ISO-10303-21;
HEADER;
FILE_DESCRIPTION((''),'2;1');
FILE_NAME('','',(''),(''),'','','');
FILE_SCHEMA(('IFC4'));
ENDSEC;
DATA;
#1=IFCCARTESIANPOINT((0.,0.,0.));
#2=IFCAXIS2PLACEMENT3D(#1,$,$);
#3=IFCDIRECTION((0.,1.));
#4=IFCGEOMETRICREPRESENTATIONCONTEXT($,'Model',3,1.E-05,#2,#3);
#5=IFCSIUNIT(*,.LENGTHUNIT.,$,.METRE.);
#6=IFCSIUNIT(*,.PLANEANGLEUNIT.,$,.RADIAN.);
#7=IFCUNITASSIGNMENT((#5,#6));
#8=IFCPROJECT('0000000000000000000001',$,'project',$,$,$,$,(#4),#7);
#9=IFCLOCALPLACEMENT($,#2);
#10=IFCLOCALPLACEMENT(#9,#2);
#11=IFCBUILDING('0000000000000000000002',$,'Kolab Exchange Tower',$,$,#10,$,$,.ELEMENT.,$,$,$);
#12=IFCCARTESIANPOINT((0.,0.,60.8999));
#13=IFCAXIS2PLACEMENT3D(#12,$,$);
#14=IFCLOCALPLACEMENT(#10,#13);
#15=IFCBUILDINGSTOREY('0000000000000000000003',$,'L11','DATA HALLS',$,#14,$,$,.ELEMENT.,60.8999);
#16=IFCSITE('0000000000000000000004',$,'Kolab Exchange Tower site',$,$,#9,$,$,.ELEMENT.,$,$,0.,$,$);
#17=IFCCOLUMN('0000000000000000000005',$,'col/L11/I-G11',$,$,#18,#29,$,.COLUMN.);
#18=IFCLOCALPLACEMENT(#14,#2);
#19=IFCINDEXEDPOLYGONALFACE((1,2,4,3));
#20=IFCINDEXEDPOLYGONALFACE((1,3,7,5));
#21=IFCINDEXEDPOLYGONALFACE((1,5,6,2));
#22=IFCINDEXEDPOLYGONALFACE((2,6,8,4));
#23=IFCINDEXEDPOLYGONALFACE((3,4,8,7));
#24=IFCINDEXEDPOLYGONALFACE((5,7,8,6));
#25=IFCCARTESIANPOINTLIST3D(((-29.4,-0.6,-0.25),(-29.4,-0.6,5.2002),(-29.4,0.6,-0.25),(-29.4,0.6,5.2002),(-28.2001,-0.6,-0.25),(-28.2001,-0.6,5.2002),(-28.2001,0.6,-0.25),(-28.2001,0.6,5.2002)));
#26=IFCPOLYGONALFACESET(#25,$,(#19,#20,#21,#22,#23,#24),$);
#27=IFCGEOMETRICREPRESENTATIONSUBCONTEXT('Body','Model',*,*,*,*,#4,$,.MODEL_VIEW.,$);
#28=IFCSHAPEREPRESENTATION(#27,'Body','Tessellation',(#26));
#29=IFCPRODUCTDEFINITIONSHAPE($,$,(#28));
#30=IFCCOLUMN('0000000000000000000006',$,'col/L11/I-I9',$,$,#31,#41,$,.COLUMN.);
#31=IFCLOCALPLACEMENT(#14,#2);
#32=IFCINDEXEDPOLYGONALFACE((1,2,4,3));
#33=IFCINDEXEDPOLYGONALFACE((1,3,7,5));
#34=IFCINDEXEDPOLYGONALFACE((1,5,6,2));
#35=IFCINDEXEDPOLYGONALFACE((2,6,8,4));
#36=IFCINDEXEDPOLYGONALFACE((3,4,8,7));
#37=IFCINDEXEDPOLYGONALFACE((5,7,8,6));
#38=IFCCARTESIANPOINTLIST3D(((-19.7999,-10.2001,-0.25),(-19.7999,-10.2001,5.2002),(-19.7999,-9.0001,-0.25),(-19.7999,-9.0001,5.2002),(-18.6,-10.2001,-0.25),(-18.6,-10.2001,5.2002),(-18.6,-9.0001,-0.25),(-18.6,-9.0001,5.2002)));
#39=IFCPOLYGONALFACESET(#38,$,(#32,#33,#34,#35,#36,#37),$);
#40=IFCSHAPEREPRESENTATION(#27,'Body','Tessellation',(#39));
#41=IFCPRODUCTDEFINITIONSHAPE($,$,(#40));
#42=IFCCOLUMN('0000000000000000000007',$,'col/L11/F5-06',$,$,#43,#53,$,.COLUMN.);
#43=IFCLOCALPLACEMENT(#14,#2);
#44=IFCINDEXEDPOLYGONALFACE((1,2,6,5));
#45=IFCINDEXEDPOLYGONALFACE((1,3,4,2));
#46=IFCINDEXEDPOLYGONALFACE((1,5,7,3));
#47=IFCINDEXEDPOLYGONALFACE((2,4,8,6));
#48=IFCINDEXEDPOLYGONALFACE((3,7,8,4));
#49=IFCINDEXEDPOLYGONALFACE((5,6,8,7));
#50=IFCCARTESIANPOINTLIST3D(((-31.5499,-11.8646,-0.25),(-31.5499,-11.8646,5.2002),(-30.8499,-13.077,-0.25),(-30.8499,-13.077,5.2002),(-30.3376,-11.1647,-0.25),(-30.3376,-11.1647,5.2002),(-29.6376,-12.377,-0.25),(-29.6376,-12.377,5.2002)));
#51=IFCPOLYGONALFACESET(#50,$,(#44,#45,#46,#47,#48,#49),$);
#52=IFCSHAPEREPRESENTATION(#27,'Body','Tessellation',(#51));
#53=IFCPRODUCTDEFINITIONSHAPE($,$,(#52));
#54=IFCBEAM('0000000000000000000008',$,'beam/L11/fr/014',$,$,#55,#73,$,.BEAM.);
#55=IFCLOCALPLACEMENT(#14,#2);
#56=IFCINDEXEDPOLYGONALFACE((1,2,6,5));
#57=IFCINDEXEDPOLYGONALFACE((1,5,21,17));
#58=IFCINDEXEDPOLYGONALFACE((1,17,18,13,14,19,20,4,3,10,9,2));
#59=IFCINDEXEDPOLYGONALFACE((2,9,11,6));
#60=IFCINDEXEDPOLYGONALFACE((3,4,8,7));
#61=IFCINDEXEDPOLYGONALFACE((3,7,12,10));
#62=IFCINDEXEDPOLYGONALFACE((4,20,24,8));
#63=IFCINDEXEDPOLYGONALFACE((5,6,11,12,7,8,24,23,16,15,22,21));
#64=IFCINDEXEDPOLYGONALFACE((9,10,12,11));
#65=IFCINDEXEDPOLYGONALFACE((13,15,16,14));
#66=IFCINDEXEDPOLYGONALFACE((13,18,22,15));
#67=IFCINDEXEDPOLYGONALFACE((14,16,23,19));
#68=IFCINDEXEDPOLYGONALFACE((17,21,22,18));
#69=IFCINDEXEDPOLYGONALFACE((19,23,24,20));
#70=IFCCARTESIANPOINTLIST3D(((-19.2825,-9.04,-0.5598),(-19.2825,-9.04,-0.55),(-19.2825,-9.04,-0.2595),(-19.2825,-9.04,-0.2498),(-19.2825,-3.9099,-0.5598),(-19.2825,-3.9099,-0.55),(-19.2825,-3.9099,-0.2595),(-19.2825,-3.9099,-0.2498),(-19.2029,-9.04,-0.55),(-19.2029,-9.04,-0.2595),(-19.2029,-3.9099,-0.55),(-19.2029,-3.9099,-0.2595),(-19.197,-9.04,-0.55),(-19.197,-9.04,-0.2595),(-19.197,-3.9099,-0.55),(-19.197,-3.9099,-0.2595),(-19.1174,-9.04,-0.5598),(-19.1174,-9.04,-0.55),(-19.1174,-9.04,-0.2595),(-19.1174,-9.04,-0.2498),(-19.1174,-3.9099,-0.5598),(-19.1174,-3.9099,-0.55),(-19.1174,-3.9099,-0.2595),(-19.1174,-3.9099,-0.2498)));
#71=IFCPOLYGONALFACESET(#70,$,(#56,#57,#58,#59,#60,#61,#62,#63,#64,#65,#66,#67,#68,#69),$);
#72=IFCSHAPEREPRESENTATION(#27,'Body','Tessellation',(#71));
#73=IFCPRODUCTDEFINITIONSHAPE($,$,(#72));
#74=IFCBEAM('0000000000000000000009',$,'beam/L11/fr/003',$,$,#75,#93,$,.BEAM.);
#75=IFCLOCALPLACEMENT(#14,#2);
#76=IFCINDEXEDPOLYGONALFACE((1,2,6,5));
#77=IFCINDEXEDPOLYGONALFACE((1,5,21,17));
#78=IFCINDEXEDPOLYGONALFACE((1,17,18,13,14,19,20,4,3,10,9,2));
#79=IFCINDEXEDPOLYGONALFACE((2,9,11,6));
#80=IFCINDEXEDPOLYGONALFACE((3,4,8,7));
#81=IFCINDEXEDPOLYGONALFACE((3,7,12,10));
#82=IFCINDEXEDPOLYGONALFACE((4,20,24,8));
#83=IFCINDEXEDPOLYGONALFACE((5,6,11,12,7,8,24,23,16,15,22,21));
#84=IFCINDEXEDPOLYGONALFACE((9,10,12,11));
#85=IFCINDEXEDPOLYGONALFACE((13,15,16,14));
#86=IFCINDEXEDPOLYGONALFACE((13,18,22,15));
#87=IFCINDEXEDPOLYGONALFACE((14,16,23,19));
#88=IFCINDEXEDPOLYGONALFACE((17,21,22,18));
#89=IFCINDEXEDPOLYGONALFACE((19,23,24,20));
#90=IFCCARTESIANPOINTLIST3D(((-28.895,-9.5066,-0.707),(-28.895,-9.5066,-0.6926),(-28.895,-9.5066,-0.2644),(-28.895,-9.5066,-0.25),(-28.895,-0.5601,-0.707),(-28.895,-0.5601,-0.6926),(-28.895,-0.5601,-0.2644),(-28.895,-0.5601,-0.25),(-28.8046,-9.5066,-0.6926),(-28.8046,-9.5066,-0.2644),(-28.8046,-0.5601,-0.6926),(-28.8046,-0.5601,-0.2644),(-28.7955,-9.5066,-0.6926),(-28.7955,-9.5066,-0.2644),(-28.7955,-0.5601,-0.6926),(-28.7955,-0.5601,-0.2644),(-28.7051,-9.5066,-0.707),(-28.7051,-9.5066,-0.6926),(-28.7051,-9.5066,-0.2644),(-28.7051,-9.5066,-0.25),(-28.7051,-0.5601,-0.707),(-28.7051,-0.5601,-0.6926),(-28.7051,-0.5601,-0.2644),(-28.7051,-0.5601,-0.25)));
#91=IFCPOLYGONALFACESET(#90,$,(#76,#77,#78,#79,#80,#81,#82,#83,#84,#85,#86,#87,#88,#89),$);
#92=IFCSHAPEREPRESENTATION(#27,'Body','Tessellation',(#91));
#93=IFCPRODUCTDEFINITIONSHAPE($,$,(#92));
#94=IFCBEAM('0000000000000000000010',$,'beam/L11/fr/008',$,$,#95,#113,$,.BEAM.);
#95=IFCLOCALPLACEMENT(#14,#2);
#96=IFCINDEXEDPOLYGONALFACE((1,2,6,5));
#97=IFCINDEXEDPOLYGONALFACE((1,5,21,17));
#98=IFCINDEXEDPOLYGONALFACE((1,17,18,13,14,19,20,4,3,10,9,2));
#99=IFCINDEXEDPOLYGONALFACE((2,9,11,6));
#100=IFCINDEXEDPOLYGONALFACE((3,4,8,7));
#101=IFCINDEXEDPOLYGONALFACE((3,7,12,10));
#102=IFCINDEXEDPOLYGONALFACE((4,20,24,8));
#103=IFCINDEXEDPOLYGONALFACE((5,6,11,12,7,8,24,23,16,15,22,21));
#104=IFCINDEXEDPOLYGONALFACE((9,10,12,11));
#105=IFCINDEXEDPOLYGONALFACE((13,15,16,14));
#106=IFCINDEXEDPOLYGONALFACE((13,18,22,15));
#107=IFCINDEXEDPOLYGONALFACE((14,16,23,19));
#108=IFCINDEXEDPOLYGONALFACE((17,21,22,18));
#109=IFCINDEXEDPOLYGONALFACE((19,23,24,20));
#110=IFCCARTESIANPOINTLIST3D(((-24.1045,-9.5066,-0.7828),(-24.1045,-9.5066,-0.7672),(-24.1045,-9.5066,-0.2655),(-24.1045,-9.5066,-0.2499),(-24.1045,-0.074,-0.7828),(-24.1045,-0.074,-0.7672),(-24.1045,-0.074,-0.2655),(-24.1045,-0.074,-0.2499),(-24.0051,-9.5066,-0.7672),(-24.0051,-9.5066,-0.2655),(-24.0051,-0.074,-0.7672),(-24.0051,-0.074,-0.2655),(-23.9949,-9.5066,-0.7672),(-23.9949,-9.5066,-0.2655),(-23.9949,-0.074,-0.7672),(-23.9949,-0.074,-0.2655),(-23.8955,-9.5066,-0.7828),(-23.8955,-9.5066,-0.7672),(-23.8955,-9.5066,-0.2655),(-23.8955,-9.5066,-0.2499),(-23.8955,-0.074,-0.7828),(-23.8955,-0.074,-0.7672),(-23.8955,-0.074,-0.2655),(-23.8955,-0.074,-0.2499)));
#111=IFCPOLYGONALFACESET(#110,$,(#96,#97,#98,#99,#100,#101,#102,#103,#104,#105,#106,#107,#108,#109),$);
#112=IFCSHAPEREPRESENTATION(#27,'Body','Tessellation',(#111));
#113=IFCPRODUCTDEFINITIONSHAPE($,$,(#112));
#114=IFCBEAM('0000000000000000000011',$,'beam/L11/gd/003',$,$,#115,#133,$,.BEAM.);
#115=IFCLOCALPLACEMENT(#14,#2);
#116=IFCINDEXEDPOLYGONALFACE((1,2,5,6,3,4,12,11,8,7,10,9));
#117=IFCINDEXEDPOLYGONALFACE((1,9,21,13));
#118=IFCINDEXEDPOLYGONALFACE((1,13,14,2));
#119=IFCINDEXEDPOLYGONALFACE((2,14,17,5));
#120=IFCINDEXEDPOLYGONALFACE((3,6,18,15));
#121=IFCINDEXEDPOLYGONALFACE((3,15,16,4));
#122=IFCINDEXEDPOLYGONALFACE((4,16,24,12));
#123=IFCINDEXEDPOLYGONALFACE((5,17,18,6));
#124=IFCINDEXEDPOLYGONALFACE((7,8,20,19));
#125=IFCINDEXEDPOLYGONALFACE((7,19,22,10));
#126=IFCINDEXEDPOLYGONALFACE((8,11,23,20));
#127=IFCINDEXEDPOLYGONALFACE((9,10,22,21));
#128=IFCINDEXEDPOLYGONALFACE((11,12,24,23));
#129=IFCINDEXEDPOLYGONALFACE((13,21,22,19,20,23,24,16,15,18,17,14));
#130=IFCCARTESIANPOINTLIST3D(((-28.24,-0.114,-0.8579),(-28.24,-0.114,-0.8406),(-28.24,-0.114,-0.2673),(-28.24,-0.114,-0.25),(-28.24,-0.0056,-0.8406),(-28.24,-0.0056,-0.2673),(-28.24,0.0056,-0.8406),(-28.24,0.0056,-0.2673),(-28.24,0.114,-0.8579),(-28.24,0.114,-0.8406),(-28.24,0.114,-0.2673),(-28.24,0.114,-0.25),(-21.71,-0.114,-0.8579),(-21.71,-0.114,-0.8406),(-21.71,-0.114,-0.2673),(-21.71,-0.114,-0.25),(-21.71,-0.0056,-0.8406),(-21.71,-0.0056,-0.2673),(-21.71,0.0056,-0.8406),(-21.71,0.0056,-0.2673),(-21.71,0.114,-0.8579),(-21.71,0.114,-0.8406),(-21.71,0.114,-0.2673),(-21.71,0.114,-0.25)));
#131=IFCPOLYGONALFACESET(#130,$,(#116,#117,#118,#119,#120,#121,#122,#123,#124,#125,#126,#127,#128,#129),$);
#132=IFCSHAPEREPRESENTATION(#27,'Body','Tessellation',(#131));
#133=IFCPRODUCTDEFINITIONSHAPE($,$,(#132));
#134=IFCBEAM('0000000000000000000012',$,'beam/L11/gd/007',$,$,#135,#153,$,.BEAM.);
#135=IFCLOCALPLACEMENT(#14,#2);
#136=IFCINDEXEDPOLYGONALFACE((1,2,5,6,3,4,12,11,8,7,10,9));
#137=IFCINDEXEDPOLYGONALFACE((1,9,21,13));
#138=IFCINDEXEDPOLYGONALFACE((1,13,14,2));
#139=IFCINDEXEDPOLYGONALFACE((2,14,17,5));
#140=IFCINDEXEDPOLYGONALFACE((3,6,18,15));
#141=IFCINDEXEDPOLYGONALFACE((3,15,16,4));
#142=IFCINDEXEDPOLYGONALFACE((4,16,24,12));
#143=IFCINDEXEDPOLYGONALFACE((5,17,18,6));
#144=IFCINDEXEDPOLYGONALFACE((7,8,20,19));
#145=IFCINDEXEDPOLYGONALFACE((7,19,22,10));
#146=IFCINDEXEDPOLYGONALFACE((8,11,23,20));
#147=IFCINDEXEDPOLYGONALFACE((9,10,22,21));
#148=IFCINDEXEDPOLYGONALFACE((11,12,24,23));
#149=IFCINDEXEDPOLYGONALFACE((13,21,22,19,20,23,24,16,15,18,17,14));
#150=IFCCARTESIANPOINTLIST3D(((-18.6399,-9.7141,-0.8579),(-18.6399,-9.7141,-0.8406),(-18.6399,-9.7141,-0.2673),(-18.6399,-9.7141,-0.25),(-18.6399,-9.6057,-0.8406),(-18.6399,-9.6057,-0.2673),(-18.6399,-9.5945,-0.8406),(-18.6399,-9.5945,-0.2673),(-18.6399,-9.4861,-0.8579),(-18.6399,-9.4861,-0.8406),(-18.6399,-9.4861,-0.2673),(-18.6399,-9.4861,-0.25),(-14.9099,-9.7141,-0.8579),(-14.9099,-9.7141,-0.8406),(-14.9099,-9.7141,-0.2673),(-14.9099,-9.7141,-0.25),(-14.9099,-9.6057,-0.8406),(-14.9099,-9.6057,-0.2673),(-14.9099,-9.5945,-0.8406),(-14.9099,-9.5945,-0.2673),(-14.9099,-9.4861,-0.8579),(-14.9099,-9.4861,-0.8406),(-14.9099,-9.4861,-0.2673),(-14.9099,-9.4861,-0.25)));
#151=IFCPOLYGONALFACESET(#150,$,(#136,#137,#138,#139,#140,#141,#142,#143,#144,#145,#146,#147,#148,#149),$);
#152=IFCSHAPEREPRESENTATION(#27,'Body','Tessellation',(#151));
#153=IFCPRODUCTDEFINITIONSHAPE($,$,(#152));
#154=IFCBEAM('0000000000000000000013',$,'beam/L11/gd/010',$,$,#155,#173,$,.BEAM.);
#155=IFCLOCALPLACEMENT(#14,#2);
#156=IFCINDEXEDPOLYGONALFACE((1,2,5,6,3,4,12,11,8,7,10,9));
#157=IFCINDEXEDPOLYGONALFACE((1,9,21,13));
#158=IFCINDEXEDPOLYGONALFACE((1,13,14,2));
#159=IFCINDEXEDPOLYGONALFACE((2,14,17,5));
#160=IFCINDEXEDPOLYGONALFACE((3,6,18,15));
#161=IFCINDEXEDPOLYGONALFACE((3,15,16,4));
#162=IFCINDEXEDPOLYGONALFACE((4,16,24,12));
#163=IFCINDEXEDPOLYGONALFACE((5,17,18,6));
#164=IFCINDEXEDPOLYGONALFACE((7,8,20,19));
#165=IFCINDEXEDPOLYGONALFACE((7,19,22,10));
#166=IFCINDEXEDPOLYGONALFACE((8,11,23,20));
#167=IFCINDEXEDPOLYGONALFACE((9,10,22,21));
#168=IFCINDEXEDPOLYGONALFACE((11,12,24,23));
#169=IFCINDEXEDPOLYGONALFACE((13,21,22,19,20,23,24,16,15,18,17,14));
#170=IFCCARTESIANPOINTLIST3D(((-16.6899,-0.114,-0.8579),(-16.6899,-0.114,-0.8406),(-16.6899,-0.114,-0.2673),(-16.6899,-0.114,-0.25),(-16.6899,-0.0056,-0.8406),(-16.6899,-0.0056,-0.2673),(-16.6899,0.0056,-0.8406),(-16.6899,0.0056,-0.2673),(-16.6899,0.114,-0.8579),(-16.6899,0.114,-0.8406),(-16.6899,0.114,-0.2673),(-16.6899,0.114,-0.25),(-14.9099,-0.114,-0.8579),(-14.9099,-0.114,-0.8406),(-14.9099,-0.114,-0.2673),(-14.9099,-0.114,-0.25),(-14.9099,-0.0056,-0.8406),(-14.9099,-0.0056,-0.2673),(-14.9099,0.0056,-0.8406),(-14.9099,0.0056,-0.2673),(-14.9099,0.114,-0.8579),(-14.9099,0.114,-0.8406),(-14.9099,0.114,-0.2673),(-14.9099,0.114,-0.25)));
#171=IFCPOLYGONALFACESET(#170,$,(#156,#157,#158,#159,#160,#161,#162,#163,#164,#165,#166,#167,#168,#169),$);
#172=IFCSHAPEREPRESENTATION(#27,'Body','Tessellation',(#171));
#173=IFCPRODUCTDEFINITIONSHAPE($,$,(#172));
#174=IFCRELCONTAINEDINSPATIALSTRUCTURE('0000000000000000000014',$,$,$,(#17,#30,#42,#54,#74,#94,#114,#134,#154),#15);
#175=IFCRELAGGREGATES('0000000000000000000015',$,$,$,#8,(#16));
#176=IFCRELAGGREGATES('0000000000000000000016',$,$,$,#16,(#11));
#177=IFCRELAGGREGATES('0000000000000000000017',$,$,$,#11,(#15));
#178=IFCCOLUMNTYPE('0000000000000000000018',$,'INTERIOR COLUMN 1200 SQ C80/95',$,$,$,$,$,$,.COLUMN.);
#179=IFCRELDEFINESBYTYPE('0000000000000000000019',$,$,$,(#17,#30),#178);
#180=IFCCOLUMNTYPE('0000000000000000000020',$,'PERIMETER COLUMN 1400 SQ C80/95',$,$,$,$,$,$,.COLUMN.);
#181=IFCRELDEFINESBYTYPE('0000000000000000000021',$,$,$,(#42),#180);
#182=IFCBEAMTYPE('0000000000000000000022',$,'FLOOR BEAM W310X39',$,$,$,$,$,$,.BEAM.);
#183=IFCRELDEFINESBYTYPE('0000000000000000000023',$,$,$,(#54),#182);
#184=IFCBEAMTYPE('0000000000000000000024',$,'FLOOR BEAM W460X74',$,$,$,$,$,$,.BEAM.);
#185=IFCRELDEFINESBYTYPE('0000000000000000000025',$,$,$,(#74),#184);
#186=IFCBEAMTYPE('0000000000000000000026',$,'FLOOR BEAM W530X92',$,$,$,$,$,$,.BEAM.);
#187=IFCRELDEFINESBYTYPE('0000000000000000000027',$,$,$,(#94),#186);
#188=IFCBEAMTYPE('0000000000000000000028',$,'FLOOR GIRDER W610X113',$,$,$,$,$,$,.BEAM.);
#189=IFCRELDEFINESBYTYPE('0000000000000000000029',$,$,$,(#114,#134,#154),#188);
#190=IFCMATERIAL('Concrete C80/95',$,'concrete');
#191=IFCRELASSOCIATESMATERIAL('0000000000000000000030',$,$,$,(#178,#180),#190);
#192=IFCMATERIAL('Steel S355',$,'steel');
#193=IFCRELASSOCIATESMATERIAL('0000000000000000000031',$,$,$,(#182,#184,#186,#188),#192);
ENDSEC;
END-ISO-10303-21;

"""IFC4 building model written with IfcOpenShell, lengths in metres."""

from ifc_helpers import new_model, si_unit, direction, frame, origin, origin_2d, place, context, subcontext, project, spatial, rectangle, i_section, extrude, material, material_profile, profile_set, type_object, element, save


model = new_model("IFC4")

# Units and contexts
model_context = context("Model", 3, precision=1e-05, world=origin(), true_north=direction((0.0, 1.0)))
body_context = subcontext(model_context, "Body", "Model", "MODEL_VIEW")
ifc_project = project(units=[si_unit("LENGTHUNIT", "METRE"), si_unit("PLANEANGLEUNIT", "RADIAN")], contexts=[model_context])

# Site, building, storey
site_placement = place(None, origin())
site = spatial("IfcSite", under=ifc_project, at=site_placement, Name="Kolab Exchange Tower site", CompositionType="ELEMENT", RefElevation=0.0)
building_placement = place(site_placement, origin())
building = spatial("IfcBuilding", under=site, at=building_placement, Name="Kolab Exchange Tower", CompositionType="ELEMENT")
storey_placement = place(building_placement, frame((0.0, 0.0, 60.8999)))
storey = spatial("IfcBuildingStorey", under=building, at=storey_placement, Name="L11", Description="DATA HALLS", CompositionType="ELEMENT", Elevation=60.8999)

# Columns
ifc_material_1 = material(Name="Concrete C80/95", Category="concrete")
ifc_material_profile_1 = material_profile(ifc_material_1, rectangle(XDim=1.2, YDim=1.2, at=origin_2d()), Name="RC1200")
ifc_profile_set_1 = profile_set([ifc_material_profile_1], Name="Concrete C80/95")
column_type_1 = type_object("IfcColumnType", Name="INTERIOR COLUMN 1200 SQ C80/95", PredefinedType="COLUMN", material=ifc_profile_set_1)
for number, where, z_axis, x_axis, name in (
    (1, (-28.8, 0.0, -0.25), (0.0, 0.0, 1.0), (1.0, 0.0, 0.0), "col/L11/I-G11"),
    (2, (-19.2, -9.6001, -0.25), (0.0, 0.0, 1.0), (1.0, 0.0, 0.0), "col/L11/I-I9"),
):
    element("IfcColumn", number, at=place(storey_placement, frame(where, z_axis=z_axis, x_axis=x_axis)), inside=storey, type_object=column_type_1, Name=name, PredefinedType="COLUMN", context=body_context, shape_type="SweptSolid", body=[
        extrude(rectangle(XDim=1.2, YDim=1.2, at=origin_2d()), origin(), (0.0, 0.0, 1.0), 5.4502),
    ])
ifc_material_profile_2 = material_profile(ifc_material_1, rectangle(XDim=1.3999, YDim=1.3999, at=origin_2d()), Name="RC1400")
ifc_profile_set_2 = profile_set([ifc_material_profile_2], Name="Concrete C80/95")
column_type_2 = type_object("IfcColumnType", Name="PERIMETER COLUMN 1400 SQ C80/95", PredefinedType="COLUMN", material=ifc_profile_set_2)
column_placement = place(storey_placement, frame((-30.5938, -12.1208, -0.25), z_axis=(0.0, 0.0, 1.0), x_axis=(0.866025, 0.5, 0.0)))
element("IfcColumn", 3, at=column_placement, inside=storey, type_object=column_type_2, Name="col/L11/F5-06", PredefinedType="COLUMN", context=body_context, shape_type="SweptSolid", body=[
    extrude(rectangle(XDim=1.3999, YDim=1.3999, at=origin_2d()), origin(), (0.0, 0.0, 1.0), 5.4502),
])

# Beams
ifc_material_2 = material(Name="Steel S355", Category="steel")
ifc_material_profile_3 = material_profile(ifc_material_2, i_section(OverallWidth=0.165, OverallDepth=0.3101, WebThickness=0.0059, FlangeThickness=0.0098, at=origin_2d()), Name="W310X39")
ifc_profile_set_3 = profile_set([ifc_material_profile_3], Name="Steel S355")
beam_type_1 = type_object("IfcBeamType", Name="FLOOR BEAM W310X39", PredefinedType="BEAM", material=ifc_profile_set_3)
beam_1_placement = place(storey_placement, frame((-19.2, -9.04, -0.4048), z_axis=(0.0, 1.0, 0.0), x_axis=(-1.0, 0.0, 0.0)))
element("IfcBeam", 4, at=beam_1_placement, inside=storey, type_object=beam_type_1, Name="beam/L11/fr/014", PredefinedType="BEAM", context=body_context, shape_type="SweptSolid", body=[
    extrude(i_section(OverallWidth=0.165, OverallDepth=0.3101, WebThickness=0.0059, FlangeThickness=0.0098, at=origin_2d()), origin(), (0.0, 0.0, 1.0), 5.1301),
])
ifc_material_profile_4 = material_profile(ifc_material_2, i_section(OverallWidth=0.1899, OverallDepth=0.457, WebThickness=0.009, FlangeThickness=0.0144, at=origin_2d()), Name="W460X74")
ifc_profile_set_4 = profile_set([ifc_material_profile_4], Name="Steel S355")
beam_type_2 = type_object("IfcBeamType", Name="FLOOR BEAM W460X74", PredefinedType="BEAM", material=ifc_profile_set_4)
beam_2_placement = place(storey_placement, frame((-28.8, -9.5066, -0.4785), z_axis=(0.0, 1.0, 0.0), x_axis=(-1.0, 0.0, 0.0)))
element("IfcBeam", 5, at=beam_2_placement, inside=storey, type_object=beam_type_2, Name="beam/L11/fr/003", PredefinedType="BEAM", context=body_context, shape_type="SweptSolid", body=[
    extrude(i_section(OverallWidth=0.1899, OverallDepth=0.457, WebThickness=0.009, FlangeThickness=0.0144, at=origin_2d()), origin(), (0.0, 0.0, 1.0), 8.9465),
])
ifc_material_profile_5 = material_profile(ifc_material_2, i_section(OverallWidth=0.209, OverallDepth=0.533, WebThickness=0.0103, FlangeThickness=0.0156, at=origin_2d()), Name="W530X92")
ifc_profile_set_5 = profile_set([ifc_material_profile_5], Name="Steel S355")
beam_type_3 = type_object("IfcBeamType", Name="FLOOR BEAM W530X92", PredefinedType="BEAM", material=ifc_profile_set_5)
beam_3_placement = place(storey_placement, frame((-24.0, -9.5066, -0.5164), z_axis=(0.0, 1.0, 0.0), x_axis=(-1.0, 0.0, 0.0)))
element("IfcBeam", 6, at=beam_3_placement, inside=storey, type_object=beam_type_3, Name="beam/L11/fr/008", PredefinedType="BEAM", context=body_context, shape_type="SweptSolid", body=[
    extrude(i_section(OverallWidth=0.209, OverallDepth=0.533, WebThickness=0.0103, FlangeThickness=0.0156, at=origin_2d()), origin(), (0.0, 0.0, 1.0), 9.4326),
])
ifc_material_profile_6 = material_profile(ifc_material_2, i_section(OverallWidth=0.228, OverallDepth=0.6079, WebThickness=0.0112, FlangeThickness=0.0173, at=origin_2d()), Name="W610X113")
ifc_profile_set_6 = profile_set([ifc_material_profile_6], Name="Steel S355")
beam_type_4 = type_object("IfcBeamType", Name="FLOOR GIRDER W610X113", PredefinedType="BEAM", material=ifc_profile_set_6)
beam_4_placement = place(storey_placement, frame((-28.24, 0.0, -0.554), z_axis=(1.0, 0.0, 0.0), x_axis=(0.0, 1.0, 0.0)))
element("IfcBeam", 7, at=beam_4_placement, inside=storey, type_object=beam_type_4, Name="beam/L11/gd/003", PredefinedType="BEAM", context=body_context, shape_type="SweptSolid", body=[
    extrude(i_section(OverallWidth=0.228, OverallDepth=0.6079, WebThickness=0.0112, FlangeThickness=0.0173, at=origin_2d()), origin(), (0.0, 0.0, 1.0), 6.53),
])
beam_5_placement = place(storey_placement, frame((-18.6399, -9.6001, -0.554), z_axis=(1.0, 0.0, 0.0), x_axis=(0.0, 1.0, 0.0)))
element("IfcBeam", 8, at=beam_5_placement, inside=storey, type_object=beam_type_4, Name="beam/L11/gd/007", PredefinedType="BEAM", context=body_context, shape_type="SweptSolid", body=[
    extrude(i_section(OverallWidth=0.228, OverallDepth=0.6079, WebThickness=0.0112, FlangeThickness=0.0173, at=origin_2d()), origin(), (0.0, 0.0, 1.0), 3.73),
])
beam_6_placement = place(storey_placement, frame((-16.6899, 0.0, -0.554), z_axis=(1.0, 0.0, 0.0), x_axis=(0.0, 1.0, 0.0)))
element("IfcBeam", 9, at=beam_6_placement, inside=storey, type_object=beam_type_4, Name="beam/L11/gd/010", PredefinedType="BEAM", context=body_context, shape_type="SweptSolid", body=[
    extrude(i_section(OverallWidth=0.228, OverallDepth=0.6079, WebThickness=0.0112, FlangeThickness=0.0173, at=origin_2d()), origin(), (0.0, 0.0, 1.0), 1.78),
])

save(model, "model.ifc")
